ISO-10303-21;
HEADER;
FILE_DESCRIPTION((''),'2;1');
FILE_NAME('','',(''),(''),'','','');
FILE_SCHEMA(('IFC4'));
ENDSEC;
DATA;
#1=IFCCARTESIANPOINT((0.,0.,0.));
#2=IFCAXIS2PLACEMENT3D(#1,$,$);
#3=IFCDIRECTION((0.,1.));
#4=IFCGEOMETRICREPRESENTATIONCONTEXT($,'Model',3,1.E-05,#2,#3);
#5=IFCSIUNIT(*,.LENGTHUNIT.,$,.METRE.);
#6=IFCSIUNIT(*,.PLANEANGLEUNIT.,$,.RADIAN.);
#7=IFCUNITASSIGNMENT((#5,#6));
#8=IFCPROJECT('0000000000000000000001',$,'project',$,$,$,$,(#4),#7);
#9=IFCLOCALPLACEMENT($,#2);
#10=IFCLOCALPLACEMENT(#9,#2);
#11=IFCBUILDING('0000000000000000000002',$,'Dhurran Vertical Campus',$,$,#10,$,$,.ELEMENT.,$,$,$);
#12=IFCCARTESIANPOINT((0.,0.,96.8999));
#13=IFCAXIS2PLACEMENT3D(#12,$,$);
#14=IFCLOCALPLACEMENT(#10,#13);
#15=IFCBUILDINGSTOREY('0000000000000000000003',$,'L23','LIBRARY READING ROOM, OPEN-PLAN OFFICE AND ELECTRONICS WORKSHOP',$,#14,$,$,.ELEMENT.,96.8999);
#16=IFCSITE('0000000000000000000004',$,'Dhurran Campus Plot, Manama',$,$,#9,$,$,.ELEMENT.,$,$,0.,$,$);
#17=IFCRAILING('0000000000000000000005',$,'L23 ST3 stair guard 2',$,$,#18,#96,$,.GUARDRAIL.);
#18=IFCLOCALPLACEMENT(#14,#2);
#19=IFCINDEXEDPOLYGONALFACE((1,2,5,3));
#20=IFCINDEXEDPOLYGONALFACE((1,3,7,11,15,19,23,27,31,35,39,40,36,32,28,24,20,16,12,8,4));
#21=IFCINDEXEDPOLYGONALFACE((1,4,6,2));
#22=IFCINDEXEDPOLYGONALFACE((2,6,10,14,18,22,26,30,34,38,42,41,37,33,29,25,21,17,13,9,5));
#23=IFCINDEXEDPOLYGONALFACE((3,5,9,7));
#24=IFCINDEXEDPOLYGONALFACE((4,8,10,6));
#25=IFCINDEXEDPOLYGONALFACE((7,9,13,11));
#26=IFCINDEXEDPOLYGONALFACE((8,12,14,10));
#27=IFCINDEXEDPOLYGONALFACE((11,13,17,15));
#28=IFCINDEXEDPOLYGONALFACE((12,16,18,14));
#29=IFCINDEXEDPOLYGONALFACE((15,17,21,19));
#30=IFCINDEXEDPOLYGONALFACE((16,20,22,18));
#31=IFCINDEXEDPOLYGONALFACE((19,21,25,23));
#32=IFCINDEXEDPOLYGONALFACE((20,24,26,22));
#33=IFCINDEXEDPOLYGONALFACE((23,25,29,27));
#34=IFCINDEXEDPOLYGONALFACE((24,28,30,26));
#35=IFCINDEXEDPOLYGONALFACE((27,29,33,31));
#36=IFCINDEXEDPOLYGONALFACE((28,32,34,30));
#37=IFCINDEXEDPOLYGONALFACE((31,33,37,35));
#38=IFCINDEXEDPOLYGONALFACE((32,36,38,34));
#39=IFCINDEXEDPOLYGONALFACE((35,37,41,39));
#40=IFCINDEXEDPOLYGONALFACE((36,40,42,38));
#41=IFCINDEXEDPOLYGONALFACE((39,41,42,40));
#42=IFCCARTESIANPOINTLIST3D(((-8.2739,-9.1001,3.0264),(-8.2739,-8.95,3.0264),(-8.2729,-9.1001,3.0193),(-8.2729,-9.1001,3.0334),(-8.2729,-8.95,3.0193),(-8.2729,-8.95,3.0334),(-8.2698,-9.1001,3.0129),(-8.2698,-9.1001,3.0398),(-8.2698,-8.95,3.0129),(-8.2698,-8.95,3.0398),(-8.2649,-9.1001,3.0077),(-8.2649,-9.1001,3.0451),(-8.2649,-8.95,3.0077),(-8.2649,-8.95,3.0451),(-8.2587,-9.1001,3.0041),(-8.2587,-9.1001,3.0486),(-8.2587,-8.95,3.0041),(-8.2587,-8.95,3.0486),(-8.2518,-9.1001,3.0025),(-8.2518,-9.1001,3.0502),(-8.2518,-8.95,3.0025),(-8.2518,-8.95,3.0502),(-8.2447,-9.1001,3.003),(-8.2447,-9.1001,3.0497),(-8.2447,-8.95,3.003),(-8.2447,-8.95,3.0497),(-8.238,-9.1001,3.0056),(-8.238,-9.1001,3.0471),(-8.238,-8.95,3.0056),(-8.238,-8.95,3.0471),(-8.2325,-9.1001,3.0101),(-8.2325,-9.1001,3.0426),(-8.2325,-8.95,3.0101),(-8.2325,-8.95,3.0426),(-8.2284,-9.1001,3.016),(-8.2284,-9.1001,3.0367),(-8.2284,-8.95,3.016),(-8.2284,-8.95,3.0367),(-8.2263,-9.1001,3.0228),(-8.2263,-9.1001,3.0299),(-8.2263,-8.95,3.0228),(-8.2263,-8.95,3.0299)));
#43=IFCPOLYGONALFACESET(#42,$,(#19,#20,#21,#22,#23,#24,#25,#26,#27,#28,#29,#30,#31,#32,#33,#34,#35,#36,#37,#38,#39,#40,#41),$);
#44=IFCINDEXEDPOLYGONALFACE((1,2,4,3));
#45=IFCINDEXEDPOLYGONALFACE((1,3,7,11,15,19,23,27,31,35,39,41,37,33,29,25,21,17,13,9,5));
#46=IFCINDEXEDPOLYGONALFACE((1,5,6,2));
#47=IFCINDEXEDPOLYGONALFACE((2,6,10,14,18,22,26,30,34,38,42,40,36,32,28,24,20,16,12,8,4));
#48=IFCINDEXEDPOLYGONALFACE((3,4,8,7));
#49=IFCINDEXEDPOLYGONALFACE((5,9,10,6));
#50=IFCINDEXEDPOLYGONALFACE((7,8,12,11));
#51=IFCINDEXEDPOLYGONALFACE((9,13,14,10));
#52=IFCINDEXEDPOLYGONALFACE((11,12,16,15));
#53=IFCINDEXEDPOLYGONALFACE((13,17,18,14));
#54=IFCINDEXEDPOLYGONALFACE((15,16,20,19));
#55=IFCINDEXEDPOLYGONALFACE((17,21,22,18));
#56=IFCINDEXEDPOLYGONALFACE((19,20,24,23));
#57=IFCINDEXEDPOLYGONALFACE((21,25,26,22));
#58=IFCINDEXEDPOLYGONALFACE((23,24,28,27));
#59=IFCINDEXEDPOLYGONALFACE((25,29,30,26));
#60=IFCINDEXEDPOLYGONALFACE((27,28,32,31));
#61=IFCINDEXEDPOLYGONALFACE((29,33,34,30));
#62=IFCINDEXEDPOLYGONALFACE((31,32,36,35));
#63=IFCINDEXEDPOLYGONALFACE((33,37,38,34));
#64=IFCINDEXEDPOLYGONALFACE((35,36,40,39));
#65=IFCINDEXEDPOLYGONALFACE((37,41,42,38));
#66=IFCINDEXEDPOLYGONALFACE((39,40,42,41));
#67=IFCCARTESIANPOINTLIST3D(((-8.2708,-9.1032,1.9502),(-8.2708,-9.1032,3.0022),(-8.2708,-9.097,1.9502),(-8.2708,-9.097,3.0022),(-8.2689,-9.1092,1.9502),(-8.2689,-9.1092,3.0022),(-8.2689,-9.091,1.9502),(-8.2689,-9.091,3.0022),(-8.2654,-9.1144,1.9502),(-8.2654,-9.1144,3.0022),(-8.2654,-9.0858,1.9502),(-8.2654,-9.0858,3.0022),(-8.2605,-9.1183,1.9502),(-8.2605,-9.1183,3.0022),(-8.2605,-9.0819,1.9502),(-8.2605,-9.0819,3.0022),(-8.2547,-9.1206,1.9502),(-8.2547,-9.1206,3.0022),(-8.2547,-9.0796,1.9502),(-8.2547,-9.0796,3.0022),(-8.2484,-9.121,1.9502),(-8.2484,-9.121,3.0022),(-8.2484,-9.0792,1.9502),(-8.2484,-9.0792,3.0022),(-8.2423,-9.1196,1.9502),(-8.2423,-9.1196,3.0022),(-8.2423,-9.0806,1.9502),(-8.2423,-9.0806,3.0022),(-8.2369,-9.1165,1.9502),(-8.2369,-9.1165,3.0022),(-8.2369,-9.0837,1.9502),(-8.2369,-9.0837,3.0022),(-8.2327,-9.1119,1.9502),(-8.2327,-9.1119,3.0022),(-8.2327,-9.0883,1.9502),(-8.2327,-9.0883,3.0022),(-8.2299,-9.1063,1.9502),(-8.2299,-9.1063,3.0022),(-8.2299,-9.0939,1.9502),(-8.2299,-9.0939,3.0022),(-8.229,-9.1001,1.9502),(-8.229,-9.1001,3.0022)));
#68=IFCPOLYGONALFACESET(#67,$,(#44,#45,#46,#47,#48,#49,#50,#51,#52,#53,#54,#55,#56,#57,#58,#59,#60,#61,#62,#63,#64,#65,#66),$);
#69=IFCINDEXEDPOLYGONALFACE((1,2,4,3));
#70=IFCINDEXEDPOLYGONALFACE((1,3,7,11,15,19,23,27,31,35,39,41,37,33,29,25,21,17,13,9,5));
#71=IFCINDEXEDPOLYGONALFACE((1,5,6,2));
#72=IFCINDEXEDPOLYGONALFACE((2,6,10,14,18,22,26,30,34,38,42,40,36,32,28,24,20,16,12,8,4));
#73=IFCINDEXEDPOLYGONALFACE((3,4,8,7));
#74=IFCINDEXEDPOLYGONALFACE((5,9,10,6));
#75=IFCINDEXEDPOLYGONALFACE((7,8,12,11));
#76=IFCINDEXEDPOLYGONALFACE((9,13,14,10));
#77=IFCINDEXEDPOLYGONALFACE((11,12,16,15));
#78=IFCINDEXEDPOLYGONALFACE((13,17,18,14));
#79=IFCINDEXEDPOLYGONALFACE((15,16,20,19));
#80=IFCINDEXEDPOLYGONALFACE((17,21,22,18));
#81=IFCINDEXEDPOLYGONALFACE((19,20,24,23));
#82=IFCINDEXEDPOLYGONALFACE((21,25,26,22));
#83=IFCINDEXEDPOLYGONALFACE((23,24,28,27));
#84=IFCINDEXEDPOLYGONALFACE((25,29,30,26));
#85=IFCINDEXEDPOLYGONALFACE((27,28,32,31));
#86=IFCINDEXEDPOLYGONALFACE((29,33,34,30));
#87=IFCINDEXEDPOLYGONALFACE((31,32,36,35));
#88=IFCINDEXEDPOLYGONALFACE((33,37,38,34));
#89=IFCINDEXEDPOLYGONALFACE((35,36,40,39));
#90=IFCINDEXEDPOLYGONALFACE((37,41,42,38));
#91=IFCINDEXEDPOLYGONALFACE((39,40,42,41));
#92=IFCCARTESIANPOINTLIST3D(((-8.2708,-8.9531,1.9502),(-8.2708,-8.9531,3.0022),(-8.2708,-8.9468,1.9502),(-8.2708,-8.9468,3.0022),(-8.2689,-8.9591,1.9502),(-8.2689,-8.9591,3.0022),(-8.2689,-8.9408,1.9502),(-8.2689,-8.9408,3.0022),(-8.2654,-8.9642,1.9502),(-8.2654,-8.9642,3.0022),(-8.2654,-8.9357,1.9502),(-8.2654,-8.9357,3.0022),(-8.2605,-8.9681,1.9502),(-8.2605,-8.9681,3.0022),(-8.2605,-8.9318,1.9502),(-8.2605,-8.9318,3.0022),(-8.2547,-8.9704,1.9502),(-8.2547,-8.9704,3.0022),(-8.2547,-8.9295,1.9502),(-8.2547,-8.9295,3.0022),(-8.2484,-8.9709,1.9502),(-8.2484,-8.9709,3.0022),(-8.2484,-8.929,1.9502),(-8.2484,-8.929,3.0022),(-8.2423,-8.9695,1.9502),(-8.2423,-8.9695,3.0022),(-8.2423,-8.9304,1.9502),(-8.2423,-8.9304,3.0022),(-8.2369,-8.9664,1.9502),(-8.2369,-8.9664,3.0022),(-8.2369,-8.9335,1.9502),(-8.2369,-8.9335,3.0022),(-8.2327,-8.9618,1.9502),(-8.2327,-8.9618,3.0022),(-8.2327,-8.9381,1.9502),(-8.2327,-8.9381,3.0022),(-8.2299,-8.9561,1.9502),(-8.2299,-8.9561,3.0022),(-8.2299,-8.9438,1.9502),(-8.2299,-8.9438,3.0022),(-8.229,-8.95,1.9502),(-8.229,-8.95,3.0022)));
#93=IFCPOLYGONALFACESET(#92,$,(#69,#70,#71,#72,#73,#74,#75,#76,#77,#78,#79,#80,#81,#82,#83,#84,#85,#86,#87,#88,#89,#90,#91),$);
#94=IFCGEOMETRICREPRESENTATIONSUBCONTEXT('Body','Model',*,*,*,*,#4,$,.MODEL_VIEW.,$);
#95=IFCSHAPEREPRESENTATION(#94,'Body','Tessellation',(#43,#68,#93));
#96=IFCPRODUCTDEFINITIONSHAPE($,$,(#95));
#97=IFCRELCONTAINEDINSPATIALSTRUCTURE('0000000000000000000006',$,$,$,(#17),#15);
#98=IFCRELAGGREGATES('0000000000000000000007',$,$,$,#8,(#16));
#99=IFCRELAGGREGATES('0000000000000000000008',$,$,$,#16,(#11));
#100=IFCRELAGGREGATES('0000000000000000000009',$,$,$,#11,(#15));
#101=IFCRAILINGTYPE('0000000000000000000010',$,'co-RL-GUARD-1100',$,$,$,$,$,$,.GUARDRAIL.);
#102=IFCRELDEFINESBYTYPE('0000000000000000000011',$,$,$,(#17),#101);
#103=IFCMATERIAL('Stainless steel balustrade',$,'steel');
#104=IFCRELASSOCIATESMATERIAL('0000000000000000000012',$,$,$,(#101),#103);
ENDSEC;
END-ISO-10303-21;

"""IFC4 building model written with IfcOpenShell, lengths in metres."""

from ifc_helpers import new_model, si_unit, direction, frame, origin, origin_2d, place, context, subcontext, project, spatial, circle, extrude, material, type_object, element, save


model = new_model("IFC4")

# Units and contexts
model_context = context("Model", 3, precision=1e-05, world=origin(), true_north=direction((0.0, 1.0)))
body_context = subcontext(model_context, "Body", "Model", "MODEL_VIEW")
ifc_project = project(units=[si_unit("LENGTHUNIT", "METRE"), si_unit("PLANEANGLEUNIT", "RADIAN")], contexts=[model_context])

# Site, building, storey
site_placement = place(None, origin())
site = spatial("IfcSite", under=ifc_project, at=site_placement, Name="Dhurran Campus Plot, Manama", CompositionType="ELEMENT", RefElevation=0.0)
building_placement = place(site_placement, origin())
building = spatial("IfcBuilding", under=site, at=building_placement, Name="Dhurran Vertical Campus", CompositionType="ELEMENT")
storey_placement = place(building_placement, frame((0.0, 0.0, 96.8999)))
storey = spatial("IfcBuildingStorey", under=building, at=storey_placement, Name="L23", Description="LIBRARY READING ROOM, OPEN-PLAN OFFICE AND ELECTRONICS WORKSHOP", CompositionType="ELEMENT", Elevation=96.8999)

# Railing
ifc_material_1 = material(Name="Stainless steel balustrade", Category="steel")
railing_type_1 = type_object("IfcRailingType", Name="co-RL-GUARD-1100", PredefinedType="GUARDRAIL", material=ifc_material_1)
railing_1_placement = place(storey_placement, frame((-8.25, -9.1001, 1.9502)))
element("IfcRailing", 1, at=railing_1_placement, inside=storey, type_object=railing_type_1, Name="L23 ST3 stair guard 2", PredefinedType="GUARDRAIL", context=body_context, shape_type="SweptSolid", body=[
    extrude(circle(Radius=0.0239, at=origin_2d()), frame((0.0, 0.0, 1.0762), z_axis=(0.0, 1.0, 0.0), x_axis=(-1.0, 0.0, 0.0)), (0.0, 0.0, 1.0), 0.1501),
    extrude(circle(Radius=0.021, at=origin_2d()), origin(), (0.0, 0.0, 1.0), 1.052),
    extrude(circle(Radius=0.021, at=origin_2d()), frame((0.0, 0.1501, 0.0)), (0.0, 0.0, 1.0), 1.052),
])

save(model, "model.ifc")
